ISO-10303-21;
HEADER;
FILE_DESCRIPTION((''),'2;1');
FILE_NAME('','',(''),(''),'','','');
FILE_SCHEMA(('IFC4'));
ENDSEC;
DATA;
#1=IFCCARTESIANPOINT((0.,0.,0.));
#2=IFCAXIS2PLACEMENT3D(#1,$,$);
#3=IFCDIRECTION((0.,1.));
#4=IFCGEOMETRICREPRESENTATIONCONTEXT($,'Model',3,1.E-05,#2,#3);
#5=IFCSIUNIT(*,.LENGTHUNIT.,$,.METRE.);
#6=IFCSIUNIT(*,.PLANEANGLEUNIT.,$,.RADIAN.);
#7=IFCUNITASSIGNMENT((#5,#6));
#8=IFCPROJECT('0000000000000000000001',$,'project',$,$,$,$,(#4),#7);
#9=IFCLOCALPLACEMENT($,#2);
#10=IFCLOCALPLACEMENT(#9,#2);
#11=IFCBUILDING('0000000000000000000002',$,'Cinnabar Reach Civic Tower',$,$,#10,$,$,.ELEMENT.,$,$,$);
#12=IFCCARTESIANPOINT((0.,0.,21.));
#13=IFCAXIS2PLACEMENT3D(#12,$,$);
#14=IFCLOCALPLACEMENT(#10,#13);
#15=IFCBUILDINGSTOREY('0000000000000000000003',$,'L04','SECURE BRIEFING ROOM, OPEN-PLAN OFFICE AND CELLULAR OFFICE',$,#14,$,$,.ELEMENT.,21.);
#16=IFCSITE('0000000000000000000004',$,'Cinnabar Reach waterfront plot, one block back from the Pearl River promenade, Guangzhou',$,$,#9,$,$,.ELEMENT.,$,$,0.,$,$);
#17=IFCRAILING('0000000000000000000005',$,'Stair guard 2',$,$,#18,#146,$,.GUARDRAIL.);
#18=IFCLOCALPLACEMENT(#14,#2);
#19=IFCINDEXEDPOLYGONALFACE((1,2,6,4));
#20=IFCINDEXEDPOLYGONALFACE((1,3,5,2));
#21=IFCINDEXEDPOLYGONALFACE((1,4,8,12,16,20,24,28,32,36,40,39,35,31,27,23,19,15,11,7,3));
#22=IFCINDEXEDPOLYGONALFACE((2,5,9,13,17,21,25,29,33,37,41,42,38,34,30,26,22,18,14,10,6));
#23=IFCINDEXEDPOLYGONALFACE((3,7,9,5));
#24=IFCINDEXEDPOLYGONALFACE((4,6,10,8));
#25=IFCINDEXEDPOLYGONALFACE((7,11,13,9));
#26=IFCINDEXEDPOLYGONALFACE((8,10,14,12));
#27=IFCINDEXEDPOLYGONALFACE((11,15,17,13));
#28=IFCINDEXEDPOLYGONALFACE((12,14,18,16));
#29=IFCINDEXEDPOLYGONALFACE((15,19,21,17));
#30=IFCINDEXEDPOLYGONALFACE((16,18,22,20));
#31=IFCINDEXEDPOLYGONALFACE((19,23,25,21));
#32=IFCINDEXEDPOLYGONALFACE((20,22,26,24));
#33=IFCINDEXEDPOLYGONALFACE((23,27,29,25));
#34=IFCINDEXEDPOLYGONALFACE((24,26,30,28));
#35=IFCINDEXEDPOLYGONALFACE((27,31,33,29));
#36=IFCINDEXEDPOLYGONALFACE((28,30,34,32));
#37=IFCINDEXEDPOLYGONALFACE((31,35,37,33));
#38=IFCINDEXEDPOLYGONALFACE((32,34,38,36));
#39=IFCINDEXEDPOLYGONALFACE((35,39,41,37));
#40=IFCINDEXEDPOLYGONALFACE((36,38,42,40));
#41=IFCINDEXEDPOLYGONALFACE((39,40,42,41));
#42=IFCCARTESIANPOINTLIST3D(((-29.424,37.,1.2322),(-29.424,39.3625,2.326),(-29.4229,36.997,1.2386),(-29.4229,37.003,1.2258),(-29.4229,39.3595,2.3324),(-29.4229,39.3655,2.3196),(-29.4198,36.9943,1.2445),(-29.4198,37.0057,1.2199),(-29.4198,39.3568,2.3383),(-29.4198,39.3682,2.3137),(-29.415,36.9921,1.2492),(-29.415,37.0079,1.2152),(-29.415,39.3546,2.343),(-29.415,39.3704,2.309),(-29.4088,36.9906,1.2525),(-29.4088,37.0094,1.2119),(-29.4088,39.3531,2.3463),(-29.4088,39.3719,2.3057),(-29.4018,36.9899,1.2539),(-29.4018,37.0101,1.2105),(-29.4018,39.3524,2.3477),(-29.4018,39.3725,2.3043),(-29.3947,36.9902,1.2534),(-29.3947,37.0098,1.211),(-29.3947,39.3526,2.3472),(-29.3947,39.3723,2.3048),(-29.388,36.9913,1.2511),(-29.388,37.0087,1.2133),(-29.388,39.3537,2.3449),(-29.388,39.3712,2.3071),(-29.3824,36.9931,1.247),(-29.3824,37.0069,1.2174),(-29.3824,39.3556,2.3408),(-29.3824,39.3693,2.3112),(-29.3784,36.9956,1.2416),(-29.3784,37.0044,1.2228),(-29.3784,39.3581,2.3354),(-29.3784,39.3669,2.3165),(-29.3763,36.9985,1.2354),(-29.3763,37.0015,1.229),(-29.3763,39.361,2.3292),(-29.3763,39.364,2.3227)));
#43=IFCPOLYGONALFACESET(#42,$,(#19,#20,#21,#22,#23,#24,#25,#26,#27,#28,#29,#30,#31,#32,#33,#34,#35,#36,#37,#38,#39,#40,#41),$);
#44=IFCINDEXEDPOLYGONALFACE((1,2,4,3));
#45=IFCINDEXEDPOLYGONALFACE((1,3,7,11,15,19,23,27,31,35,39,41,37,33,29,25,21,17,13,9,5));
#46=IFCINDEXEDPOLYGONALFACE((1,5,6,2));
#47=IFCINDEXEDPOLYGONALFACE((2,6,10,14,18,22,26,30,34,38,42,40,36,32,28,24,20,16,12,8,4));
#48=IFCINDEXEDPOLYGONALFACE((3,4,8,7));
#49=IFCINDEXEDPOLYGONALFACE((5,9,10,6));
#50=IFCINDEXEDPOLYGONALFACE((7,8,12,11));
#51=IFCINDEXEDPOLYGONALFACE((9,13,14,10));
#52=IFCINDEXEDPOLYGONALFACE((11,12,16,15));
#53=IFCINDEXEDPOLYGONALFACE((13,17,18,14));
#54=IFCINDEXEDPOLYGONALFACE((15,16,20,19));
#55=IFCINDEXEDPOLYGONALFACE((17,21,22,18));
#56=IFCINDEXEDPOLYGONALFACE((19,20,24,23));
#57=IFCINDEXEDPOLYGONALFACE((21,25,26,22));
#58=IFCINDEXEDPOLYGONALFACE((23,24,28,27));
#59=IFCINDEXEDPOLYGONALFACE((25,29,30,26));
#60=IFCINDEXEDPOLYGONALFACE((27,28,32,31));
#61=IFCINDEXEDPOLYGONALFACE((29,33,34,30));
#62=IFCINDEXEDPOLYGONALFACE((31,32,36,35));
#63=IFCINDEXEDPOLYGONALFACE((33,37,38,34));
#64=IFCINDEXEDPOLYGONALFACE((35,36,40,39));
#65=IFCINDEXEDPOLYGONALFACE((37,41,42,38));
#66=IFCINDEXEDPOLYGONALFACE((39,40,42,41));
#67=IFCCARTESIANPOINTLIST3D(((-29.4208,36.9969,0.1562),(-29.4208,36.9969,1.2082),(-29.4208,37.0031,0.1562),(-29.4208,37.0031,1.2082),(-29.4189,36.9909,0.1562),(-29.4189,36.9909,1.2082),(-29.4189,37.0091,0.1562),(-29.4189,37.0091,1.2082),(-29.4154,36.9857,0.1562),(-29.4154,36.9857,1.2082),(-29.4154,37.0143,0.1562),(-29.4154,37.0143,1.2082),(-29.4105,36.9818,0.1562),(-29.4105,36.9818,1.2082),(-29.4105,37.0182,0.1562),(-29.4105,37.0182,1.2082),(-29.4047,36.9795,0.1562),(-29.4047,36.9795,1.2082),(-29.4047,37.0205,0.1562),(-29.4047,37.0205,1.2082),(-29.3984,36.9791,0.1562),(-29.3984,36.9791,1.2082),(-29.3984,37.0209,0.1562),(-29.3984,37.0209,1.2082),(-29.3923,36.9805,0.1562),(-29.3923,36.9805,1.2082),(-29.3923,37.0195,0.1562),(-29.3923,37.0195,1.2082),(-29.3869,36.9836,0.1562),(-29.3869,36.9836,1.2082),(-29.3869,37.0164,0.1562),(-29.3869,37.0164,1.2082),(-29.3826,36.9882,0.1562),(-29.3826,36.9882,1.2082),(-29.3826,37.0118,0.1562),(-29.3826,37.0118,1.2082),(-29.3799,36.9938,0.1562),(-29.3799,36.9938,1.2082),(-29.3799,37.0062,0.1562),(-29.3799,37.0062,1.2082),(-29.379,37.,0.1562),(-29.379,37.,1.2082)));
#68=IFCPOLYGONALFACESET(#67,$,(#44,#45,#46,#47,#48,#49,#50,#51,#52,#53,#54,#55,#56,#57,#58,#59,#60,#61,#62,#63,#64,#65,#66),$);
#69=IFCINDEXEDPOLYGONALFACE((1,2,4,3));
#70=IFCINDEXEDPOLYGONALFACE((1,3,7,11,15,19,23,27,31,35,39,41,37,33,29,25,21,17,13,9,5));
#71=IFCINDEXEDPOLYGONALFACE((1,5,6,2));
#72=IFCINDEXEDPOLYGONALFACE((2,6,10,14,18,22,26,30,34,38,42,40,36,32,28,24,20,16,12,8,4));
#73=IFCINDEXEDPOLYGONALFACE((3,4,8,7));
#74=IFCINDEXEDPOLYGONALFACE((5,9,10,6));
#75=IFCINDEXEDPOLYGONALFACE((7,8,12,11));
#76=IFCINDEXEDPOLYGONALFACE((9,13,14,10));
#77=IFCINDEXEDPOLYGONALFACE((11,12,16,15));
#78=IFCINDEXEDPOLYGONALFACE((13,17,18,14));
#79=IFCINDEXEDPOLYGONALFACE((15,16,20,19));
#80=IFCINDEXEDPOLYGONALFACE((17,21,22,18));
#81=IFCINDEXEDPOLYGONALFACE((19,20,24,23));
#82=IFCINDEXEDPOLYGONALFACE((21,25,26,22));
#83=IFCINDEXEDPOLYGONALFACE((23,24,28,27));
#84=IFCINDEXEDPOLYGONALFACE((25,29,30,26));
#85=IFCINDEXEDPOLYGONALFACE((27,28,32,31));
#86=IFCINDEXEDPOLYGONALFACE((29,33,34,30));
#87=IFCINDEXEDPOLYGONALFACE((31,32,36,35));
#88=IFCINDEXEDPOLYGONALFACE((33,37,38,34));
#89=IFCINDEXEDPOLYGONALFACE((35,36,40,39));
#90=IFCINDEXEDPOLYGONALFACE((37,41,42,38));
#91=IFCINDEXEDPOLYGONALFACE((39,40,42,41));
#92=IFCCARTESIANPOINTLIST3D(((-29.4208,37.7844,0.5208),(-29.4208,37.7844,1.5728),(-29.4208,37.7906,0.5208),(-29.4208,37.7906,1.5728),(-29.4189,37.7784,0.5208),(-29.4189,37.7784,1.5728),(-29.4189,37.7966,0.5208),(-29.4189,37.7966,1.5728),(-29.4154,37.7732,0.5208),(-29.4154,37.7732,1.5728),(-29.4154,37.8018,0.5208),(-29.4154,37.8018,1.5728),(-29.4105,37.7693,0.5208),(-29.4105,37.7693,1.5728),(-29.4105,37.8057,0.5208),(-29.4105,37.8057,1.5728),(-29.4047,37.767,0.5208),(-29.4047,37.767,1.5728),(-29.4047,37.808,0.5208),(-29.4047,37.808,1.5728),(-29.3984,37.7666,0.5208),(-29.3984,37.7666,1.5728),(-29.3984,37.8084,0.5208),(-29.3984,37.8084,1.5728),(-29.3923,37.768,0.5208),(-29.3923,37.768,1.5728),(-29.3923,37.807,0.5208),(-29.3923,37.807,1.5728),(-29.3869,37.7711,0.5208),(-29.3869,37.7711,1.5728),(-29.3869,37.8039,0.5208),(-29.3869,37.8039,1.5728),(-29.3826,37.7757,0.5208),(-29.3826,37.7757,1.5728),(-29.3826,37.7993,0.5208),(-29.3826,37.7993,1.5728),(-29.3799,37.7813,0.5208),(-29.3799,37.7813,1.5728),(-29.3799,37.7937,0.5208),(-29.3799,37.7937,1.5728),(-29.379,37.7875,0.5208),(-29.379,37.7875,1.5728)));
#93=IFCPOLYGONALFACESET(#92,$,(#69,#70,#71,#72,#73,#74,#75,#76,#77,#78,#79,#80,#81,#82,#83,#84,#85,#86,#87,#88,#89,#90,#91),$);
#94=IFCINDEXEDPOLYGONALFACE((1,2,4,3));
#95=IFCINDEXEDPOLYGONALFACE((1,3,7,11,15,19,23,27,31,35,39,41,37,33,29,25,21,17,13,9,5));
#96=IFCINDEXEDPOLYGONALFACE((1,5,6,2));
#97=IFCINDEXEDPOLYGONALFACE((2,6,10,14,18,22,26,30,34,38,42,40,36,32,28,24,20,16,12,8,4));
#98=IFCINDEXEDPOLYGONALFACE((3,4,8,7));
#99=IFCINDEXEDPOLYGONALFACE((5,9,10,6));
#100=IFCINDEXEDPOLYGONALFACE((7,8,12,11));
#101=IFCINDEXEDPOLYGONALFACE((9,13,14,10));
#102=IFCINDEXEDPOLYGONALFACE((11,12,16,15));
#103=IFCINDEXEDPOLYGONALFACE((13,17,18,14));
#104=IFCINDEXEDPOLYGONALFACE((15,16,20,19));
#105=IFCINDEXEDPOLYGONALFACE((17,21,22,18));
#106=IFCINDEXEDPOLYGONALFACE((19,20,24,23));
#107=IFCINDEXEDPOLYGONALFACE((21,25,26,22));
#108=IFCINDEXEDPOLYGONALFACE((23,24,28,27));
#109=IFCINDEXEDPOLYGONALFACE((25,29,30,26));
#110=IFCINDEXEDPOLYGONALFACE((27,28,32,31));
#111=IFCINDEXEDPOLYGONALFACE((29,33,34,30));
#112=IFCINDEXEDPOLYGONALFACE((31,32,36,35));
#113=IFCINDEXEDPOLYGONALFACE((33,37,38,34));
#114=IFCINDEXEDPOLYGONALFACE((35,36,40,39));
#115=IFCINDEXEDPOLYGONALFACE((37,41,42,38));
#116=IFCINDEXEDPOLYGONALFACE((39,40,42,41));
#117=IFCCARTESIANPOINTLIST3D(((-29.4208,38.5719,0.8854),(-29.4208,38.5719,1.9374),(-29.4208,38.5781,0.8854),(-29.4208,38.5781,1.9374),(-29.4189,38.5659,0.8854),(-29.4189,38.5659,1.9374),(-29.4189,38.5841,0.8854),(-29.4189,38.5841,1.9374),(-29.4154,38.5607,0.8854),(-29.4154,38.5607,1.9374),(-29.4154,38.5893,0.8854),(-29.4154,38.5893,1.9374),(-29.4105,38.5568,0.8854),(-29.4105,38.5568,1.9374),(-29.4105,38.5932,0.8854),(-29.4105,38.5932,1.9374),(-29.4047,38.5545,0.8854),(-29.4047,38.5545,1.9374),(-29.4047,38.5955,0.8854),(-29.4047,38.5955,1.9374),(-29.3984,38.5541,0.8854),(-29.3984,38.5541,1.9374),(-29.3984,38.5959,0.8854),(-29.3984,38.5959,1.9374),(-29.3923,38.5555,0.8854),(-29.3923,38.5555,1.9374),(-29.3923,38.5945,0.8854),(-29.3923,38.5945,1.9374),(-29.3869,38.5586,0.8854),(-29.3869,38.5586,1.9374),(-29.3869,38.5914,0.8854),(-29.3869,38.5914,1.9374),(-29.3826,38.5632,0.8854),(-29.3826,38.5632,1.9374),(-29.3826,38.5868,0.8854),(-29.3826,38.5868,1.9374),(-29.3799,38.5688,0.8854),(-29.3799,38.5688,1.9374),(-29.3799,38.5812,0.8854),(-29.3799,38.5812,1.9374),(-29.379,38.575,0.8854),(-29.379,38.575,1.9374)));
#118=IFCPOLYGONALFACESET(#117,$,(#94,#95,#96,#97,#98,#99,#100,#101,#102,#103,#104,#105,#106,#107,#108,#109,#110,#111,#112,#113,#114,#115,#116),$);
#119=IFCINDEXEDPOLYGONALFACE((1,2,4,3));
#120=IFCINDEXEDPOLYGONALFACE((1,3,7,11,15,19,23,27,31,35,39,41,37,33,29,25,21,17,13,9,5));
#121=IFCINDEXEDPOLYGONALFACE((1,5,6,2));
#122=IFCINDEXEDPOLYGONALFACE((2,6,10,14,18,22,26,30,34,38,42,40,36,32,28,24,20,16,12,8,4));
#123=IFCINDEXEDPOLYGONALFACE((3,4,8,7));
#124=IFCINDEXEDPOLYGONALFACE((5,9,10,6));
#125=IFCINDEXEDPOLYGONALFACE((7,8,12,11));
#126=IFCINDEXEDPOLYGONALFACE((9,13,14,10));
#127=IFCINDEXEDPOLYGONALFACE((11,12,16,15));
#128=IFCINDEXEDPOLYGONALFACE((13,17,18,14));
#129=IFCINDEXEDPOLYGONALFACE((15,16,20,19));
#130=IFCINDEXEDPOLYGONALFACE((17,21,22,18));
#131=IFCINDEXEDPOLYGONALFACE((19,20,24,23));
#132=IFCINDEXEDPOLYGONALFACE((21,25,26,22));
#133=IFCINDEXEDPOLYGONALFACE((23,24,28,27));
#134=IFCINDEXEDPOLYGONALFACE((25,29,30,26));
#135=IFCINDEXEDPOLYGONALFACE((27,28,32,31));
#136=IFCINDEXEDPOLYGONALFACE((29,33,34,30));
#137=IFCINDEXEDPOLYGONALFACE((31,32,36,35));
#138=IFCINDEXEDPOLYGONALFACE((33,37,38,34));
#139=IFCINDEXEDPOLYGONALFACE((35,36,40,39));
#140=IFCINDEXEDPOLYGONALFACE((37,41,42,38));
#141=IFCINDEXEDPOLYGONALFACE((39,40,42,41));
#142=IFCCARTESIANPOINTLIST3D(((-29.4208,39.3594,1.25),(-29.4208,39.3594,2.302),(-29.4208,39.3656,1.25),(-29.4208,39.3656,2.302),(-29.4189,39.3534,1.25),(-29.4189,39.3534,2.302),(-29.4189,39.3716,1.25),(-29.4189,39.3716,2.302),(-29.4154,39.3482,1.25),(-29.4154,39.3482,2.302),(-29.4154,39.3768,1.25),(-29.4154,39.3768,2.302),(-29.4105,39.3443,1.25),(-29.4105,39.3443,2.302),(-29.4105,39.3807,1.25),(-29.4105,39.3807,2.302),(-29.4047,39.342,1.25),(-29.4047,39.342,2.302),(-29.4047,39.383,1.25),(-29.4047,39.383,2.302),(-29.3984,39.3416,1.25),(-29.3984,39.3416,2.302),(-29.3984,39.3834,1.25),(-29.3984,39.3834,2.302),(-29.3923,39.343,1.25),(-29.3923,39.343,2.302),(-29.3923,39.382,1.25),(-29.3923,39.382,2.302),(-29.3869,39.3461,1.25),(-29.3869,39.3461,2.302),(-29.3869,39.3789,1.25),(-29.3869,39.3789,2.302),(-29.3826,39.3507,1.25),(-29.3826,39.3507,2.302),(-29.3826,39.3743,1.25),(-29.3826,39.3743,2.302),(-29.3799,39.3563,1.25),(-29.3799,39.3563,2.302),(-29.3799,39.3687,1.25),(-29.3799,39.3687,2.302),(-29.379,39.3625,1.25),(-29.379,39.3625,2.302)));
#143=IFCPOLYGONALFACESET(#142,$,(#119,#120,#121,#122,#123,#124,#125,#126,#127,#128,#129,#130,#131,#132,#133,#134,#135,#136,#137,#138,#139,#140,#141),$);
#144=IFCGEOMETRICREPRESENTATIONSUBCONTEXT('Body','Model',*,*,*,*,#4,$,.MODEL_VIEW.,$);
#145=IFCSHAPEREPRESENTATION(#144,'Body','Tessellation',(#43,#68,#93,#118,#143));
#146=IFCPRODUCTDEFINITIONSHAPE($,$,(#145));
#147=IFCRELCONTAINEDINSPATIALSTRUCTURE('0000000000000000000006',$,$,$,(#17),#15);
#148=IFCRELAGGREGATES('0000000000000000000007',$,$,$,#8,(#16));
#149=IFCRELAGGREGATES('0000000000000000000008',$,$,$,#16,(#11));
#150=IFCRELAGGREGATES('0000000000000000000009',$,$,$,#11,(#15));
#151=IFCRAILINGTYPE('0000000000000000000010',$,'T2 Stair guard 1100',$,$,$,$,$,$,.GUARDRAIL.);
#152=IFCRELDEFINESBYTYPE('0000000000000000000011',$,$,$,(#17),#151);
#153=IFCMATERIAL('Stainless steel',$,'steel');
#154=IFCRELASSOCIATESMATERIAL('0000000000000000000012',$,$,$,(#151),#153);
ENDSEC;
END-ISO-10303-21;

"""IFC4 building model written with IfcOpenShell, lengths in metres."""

from ifc_helpers import new_model, si_unit, direction, frame, origin, origin_2d, place, context, subcontext, project, spatial, circle, extrude, material, type_object, element, save


model = new_model("IFC4")

# Units and contexts
model_context = context("Model", 3, precision=1e-05, world=origin(), true_north=direction((0.0, 1.0)))
body_context = subcontext(model_context, "Body", "Model", "MODEL_VIEW")
ifc_project = project(units=[si_unit("LENGTHUNIT", "METRE"), si_unit("PLANEANGLEUNIT", "RADIAN")], contexts=[model_context])

# Site, building, storey
site_placement = place(None, origin())
site = spatial("IfcSite", under=ifc_project, at=site_placement, Name="Cinnabar Reach waterfront plot, one block back from the Pearl River promenade, Guangzhou", CompositionType="ELEMENT", RefElevation=0.0)
building_placement = place(site_placement, origin())
building = spatial("IfcBuilding", under=site, at=building_placement, Name="Cinnabar Reach Civic Tower", CompositionType="ELEMENT")
storey_placement = place(building_placement, frame((0.0, 0.0, 21.0)))
storey = spatial("IfcBuildingStorey", under=building, at=storey_placement, Name="L04", Description="SECURE BRIEFING ROOM, OPEN-PLAN OFFICE AND CELLULAR OFFICE", CompositionType="ELEMENT", Elevation=21.0)

# Railing
ifc_material_1 = material(Name="Stainless steel", Category="steel")
railing_type = type_object("IfcRailingType", Name="T2 Stair guard 1100", PredefinedType="GUARDRAIL", material=ifc_material_1)
railing_1_placement = place(storey_placement, frame((-29.4, 37.0, 0.1562)))
element("IfcRailing", 1, at=railing_1_placement, inside=storey, type_object=railing_type, Name="Stair guard 2", PredefinedType="GUARDRAIL", context=body_context, shape_type="SweptSolid", body=[
    extrude(circle(Radius=0.024, at=origin_2d()), frame((0.0, 0.0, 1.076), z_axis=(0.0, 0.90746, 0.420139), x_axis=(-1.0, 0.0, 0.0)), (0.0, 0.0, 1.0), 2.6034),
    extrude(circle(Radius=0.021, at=origin_2d()), origin(), (0.0, 0.0, 1.0), 1.052),
    extrude(circle(Radius=0.021, at=origin_2d()), frame((0.0, 0.7875, 0.3646)), (0.0, 0.0, 1.0), 1.052),
    extrude(circle(Radius=0.021, at=origin_2d()), frame((0.0, 1.575, 0.7292)), (0.0, 0.0, 1.0), 1.052),
    extrude(circle(Radius=0.021, at=origin_2d()), frame((0.0, 2.3625, 1.0938)), (0.0, 0.0, 1.0), 1.052),
])

save(model, "model.ifc")
